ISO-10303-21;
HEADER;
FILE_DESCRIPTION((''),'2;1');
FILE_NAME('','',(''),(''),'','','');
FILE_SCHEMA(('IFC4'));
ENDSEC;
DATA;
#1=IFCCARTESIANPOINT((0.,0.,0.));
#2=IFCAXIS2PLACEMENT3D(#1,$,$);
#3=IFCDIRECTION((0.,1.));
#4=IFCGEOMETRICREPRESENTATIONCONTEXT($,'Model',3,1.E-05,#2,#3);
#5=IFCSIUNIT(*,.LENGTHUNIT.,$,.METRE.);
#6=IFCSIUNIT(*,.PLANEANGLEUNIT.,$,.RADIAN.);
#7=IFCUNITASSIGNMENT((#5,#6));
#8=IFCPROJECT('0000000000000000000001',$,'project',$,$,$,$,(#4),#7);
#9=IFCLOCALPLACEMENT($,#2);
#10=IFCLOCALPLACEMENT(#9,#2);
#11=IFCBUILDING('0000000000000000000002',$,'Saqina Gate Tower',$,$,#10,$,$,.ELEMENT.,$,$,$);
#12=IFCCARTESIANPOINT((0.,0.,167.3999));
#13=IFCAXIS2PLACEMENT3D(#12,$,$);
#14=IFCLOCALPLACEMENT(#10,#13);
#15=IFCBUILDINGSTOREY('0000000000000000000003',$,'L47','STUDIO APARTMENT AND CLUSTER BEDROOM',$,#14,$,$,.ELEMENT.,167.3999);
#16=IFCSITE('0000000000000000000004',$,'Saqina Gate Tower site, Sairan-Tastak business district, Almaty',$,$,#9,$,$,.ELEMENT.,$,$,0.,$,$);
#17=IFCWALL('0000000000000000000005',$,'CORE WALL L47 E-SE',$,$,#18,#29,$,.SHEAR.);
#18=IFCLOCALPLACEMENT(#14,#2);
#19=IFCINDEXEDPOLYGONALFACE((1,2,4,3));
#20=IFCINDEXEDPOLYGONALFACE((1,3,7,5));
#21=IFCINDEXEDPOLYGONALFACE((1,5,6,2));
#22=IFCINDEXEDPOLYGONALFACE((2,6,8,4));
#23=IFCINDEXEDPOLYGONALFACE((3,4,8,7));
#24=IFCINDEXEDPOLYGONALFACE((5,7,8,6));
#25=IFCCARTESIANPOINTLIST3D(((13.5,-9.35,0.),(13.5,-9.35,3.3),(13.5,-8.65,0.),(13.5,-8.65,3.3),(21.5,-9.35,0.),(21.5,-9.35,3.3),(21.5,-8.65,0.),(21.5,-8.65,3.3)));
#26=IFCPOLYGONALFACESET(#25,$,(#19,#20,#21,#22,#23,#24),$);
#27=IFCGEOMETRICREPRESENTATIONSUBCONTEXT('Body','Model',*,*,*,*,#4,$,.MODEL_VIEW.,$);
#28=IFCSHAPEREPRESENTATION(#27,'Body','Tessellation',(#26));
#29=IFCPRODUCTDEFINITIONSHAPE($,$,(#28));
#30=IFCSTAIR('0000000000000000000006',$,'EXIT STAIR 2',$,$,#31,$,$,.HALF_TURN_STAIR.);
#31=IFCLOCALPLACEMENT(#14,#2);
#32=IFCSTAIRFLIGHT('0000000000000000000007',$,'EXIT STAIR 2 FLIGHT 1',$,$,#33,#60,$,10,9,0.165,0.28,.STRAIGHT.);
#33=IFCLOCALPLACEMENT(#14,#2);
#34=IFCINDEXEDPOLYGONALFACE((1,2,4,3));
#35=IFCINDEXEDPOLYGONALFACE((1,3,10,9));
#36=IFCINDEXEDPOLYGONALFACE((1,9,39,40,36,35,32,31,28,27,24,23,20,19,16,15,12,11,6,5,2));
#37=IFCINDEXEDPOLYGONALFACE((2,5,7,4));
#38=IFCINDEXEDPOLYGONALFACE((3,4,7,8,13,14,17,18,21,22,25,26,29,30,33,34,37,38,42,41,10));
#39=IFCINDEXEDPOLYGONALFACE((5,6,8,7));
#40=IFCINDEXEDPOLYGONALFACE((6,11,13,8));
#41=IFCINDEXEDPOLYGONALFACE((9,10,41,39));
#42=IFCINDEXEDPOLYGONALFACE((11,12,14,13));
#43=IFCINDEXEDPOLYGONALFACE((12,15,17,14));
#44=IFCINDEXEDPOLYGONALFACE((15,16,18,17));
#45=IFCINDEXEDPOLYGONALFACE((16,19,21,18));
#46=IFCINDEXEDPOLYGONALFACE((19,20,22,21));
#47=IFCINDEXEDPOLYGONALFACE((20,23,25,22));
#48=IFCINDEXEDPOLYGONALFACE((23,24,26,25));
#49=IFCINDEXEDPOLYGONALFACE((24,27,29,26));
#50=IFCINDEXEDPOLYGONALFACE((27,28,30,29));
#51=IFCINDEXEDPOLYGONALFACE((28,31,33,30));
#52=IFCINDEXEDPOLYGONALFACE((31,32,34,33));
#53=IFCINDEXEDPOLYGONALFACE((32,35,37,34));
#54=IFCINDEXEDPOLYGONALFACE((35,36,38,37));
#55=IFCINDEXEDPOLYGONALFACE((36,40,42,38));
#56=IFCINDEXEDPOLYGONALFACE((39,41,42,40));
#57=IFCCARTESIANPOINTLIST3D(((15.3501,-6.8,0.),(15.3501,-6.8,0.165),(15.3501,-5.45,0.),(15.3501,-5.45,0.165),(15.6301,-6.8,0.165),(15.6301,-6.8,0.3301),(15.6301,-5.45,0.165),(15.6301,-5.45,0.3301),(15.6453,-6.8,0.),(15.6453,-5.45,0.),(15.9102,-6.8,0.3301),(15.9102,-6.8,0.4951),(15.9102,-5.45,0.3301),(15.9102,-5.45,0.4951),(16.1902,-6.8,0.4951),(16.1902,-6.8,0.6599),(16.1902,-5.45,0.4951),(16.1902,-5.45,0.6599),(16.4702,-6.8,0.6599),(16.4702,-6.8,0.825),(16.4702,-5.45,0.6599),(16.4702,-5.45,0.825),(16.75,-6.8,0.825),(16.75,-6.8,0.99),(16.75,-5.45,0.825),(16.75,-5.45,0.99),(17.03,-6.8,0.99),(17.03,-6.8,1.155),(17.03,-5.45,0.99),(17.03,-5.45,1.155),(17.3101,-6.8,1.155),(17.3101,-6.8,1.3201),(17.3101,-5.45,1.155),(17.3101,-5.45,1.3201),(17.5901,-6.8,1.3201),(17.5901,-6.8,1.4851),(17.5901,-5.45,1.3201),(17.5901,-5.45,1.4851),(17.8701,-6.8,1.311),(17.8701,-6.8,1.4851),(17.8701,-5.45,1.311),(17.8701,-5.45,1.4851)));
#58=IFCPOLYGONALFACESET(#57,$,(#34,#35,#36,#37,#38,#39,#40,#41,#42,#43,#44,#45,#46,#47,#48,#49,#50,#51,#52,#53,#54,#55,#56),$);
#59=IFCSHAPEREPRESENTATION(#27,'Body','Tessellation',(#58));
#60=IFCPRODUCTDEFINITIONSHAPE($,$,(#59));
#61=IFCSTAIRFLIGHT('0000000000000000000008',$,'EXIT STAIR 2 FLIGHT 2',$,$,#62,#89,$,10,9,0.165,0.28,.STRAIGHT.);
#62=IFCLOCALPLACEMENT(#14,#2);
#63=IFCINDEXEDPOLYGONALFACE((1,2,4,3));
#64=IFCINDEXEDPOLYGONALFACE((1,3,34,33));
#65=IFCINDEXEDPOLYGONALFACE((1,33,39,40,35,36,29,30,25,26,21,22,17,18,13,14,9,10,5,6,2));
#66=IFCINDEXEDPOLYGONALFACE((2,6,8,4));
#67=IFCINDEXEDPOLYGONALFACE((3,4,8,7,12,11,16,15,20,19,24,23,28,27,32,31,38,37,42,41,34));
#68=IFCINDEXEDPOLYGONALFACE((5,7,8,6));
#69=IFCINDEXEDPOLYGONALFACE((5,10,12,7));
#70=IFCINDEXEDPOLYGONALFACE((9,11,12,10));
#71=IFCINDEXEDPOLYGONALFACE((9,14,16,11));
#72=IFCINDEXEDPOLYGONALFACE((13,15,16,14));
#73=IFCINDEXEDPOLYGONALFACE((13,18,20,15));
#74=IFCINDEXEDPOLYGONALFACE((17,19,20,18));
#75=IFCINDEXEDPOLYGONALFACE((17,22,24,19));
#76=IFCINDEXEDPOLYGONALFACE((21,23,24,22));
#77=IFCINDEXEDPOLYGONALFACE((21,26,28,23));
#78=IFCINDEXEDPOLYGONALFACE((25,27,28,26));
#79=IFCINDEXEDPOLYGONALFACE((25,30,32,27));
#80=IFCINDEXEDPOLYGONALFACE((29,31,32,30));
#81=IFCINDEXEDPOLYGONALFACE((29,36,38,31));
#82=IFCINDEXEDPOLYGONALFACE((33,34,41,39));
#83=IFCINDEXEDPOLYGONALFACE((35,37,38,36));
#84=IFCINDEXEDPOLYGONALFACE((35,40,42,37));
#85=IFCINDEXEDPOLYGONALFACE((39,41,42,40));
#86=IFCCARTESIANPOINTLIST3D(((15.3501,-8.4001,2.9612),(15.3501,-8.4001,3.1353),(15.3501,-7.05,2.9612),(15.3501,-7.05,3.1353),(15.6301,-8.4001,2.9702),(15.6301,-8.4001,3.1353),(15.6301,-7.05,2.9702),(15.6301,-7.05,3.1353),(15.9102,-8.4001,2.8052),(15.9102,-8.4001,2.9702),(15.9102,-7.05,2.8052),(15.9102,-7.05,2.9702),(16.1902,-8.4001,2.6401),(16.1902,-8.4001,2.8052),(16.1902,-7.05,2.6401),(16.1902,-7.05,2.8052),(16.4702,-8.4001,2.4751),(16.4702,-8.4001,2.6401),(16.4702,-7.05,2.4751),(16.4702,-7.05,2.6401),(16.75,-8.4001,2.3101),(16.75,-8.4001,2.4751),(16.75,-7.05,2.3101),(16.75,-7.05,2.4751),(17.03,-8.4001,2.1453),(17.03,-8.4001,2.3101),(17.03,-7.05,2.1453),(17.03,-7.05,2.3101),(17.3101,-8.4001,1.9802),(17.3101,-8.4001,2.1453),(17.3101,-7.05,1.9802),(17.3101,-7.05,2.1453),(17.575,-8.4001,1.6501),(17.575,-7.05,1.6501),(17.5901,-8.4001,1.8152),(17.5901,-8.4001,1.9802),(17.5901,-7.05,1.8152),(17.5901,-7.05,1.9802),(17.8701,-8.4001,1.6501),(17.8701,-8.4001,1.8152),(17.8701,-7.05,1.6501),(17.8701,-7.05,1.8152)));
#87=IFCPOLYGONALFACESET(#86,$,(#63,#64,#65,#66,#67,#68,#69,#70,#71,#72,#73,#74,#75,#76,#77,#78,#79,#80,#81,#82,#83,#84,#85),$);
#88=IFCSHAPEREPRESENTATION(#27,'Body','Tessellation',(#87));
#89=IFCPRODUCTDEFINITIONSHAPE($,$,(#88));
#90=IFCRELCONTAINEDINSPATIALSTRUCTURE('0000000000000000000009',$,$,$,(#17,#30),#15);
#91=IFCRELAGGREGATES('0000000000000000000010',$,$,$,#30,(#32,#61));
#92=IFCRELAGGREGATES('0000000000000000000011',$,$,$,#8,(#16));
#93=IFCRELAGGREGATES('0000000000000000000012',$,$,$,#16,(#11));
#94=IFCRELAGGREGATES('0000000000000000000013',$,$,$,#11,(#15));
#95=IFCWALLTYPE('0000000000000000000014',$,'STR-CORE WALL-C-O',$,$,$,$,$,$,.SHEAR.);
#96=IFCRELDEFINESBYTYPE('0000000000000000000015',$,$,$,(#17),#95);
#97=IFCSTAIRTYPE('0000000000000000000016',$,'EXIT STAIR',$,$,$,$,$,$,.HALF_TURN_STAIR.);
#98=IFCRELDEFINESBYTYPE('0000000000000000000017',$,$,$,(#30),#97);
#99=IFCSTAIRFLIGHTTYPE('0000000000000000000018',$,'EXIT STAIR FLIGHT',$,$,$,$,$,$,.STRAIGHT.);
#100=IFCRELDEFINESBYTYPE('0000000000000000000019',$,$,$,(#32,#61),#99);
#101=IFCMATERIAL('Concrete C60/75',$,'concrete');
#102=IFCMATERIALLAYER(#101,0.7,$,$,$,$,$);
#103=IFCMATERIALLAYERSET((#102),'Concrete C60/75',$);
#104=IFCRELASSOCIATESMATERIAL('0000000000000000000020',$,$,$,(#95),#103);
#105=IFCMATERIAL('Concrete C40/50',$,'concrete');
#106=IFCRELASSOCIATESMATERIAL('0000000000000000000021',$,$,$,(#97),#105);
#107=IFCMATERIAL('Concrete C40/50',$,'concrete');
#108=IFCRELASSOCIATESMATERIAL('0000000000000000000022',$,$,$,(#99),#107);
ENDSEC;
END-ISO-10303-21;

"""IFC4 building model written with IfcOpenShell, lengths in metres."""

from ifc_helpers import new_model, si_unit, direction, frame, frame_2d, origin, place, context, subcontext, project, spatial, polyline, rectangle, outline, extrude, material, layer, layer_set, type_object, element, aggregate, save


model = new_model("IFC4")

# Units and contexts
model_context = context("Model", 3, precision=1e-05, world=origin(), true_north=direction((0.0, 1.0)))
body_context = subcontext(model_context, "Body", "Model", "MODEL_VIEW")
ifc_project = project(units=[si_unit("LENGTHUNIT", "METRE"), si_unit("PLANEANGLEUNIT", "RADIAN")], contexts=[model_context])

# Site, building, storey
site_placement = place(None, origin())
site = spatial("IfcSite", under=ifc_project, at=site_placement, Name="Saqina Gate Tower site, Sairan-Tastak business district, Almaty", CompositionType="ELEMENT", RefElevation=0.0)
building_placement = place(site_placement, origin())
building = spatial("IfcBuilding", under=site, at=building_placement, Name="Saqina Gate Tower", CompositionType="ELEMENT")
storey_placement = place(building_placement, frame((0.0, 0.0, 167.3999)))
storey = spatial("IfcBuildingStorey", under=building, at=storey_placement, Name="L47", Description="STUDIO APARTMENT AND CLUSTER BEDROOM", CompositionType="ELEMENT", Elevation=167.3999)

# Shared definitions
ifc_material_1 = material(Name="Concrete C60/75", Category="concrete")
ifc_layer_1 = layer(ifc_material_1, 0.7)
ifc_layer_set_1 = layer_set([ifc_layer_1], Name="Concrete C60/75")
wall_type_1 = type_object("IfcWallType", Name="STR-CORE WALL-C-O", PredefinedType="SHEAR", material=ifc_layer_set_1)

# Wall
wall_1_placement = place(storey_placement, frame((13.5, -9.0, 0.0), z_axis=(0.0, 0.0, 1.0), x_axis=(1.0, 0.0, 0.0)))
element("IfcWall", 1, at=wall_1_placement, inside=storey, type_object=wall_type_1, Name="CORE WALL L47 E-SE", PredefinedType="SHEAR", context=body_context, shape_type="SweptSolid", body=[
    extrude(rectangle(XDim=8.0, YDim=0.7, at=frame_2d((4.0, 0.0))), origin(), (0.0, 0.0, 1.0), 3.3),
])

# Stair, stair flights
ifc_material_2 = material(Name="Concrete C40/50", Category="concrete")
stair_type = type_object("IfcStairType", Name="EXIT STAIR", PredefinedType="HALF_TURN_STAIR", material=ifc_material_2)
stair_placement = place(storey_placement, origin())
stair = element("IfcStair", 2, at=stair_placement, inside=storey, type_object=stair_type, Name="EXIT STAIR 2", PredefinedType="HALF_TURN_STAIR")
ifc_material_3 = material(Name="Concrete C40/50", Category="concrete")
stair_flight_type = type_object("IfcStairFlightType", Name="EXIT STAIR FLIGHT", PredefinedType="STRAIGHT", material=ifc_material_3)
stair_flight_1_placement = place(storey_placement, frame((15.3501, -6.125, 0.0), z_axis=(0.0, 0.0, 1.0), x_axis=(1.0, 0.0, 0.0)))
stair_flight_1 = element("IfcStairFlight", 3, at=stair_flight_1_placement, type_object=stair_flight_type, Name="EXIT STAIR 2 FLIGHT 1", NumberOfRisers=10, NumberOfTreads=9, PredefinedType="STRAIGHT", RiserHeight=0.165, TreadLength=0.28, context=body_context, shape_type="SweptSolid", body=[
    extrude(outline(polyline([(0.0, 0.0), (0.0, 0.165), (0.28, 0.165), (0.28, 0.3301), (0.5601, 0.3301), (0.5601, 0.4951), (0.8401, 0.4951), (0.8401, 0.6599), (1.1201, 0.6599), (1.1201, 0.825), (1.3999, 0.825), (1.3999, 0.99), (1.6799, 0.99), (1.6799, 1.155), (1.96, 1.155), (1.96, 1.3201), (2.24, 1.3201), (2.24, 1.4851), (2.52, 1.4851), (2.52, 1.6499), (2.52, 1.311), (0.2952, 0.0), (0.0, 0.0)])), frame((0.0, 0.675, 0.0), z_axis=(0.0, -1.0, 0.0), x_axis=(1.0, 0.0, 0.0)), (0.0, 0.0, 1.0), 1.3501),
])
stair_flight_2_placement = place(storey_placement, frame((17.8701, -7.7251, 1.6501), z_axis=(0.0, 0.0, 1.0), x_axis=(-1.0, 0.0, 0.0)))
stair_flight_2 = element("IfcStairFlight", 4, at=stair_flight_2_placement, type_object=stair_flight_type, Name="EXIT STAIR 2 FLIGHT 2", NumberOfRisers=10, NumberOfTreads=9, PredefinedType="STRAIGHT", RiserHeight=0.165, TreadLength=0.28, context=body_context, shape_type="SweptSolid", body=[
    extrude(outline(polyline([(0.0, 0.0), (0.0, 0.165), (0.28, 0.165), (0.28, 0.3301), (0.5601, 0.3301), (0.5601, 0.4951), (0.8401, 0.4951), (0.8401, 0.6599), (1.1201, 0.6599), (1.1201, 0.825), (1.3999, 0.825), (1.3999, 0.99), (1.6799, 0.99), (1.6799, 1.155), (1.96, 1.155), (1.96, 1.3201), (2.24, 1.3201), (2.24, 1.4851), (2.52, 1.4851), (2.52, 1.6499), (2.52, 1.311), (0.2952, 0.0), (0.0, 0.0)])), frame((0.0, 0.675, 0.0), z_axis=(0.0, -1.0, 0.0), x_axis=(1.0, 0.0, 0.0)), (0.0, 0.0, 1.0), 1.3501),
])
aggregate(stair, [stair_flight_1, stair_flight_2])

save(model, "model.ifc")
